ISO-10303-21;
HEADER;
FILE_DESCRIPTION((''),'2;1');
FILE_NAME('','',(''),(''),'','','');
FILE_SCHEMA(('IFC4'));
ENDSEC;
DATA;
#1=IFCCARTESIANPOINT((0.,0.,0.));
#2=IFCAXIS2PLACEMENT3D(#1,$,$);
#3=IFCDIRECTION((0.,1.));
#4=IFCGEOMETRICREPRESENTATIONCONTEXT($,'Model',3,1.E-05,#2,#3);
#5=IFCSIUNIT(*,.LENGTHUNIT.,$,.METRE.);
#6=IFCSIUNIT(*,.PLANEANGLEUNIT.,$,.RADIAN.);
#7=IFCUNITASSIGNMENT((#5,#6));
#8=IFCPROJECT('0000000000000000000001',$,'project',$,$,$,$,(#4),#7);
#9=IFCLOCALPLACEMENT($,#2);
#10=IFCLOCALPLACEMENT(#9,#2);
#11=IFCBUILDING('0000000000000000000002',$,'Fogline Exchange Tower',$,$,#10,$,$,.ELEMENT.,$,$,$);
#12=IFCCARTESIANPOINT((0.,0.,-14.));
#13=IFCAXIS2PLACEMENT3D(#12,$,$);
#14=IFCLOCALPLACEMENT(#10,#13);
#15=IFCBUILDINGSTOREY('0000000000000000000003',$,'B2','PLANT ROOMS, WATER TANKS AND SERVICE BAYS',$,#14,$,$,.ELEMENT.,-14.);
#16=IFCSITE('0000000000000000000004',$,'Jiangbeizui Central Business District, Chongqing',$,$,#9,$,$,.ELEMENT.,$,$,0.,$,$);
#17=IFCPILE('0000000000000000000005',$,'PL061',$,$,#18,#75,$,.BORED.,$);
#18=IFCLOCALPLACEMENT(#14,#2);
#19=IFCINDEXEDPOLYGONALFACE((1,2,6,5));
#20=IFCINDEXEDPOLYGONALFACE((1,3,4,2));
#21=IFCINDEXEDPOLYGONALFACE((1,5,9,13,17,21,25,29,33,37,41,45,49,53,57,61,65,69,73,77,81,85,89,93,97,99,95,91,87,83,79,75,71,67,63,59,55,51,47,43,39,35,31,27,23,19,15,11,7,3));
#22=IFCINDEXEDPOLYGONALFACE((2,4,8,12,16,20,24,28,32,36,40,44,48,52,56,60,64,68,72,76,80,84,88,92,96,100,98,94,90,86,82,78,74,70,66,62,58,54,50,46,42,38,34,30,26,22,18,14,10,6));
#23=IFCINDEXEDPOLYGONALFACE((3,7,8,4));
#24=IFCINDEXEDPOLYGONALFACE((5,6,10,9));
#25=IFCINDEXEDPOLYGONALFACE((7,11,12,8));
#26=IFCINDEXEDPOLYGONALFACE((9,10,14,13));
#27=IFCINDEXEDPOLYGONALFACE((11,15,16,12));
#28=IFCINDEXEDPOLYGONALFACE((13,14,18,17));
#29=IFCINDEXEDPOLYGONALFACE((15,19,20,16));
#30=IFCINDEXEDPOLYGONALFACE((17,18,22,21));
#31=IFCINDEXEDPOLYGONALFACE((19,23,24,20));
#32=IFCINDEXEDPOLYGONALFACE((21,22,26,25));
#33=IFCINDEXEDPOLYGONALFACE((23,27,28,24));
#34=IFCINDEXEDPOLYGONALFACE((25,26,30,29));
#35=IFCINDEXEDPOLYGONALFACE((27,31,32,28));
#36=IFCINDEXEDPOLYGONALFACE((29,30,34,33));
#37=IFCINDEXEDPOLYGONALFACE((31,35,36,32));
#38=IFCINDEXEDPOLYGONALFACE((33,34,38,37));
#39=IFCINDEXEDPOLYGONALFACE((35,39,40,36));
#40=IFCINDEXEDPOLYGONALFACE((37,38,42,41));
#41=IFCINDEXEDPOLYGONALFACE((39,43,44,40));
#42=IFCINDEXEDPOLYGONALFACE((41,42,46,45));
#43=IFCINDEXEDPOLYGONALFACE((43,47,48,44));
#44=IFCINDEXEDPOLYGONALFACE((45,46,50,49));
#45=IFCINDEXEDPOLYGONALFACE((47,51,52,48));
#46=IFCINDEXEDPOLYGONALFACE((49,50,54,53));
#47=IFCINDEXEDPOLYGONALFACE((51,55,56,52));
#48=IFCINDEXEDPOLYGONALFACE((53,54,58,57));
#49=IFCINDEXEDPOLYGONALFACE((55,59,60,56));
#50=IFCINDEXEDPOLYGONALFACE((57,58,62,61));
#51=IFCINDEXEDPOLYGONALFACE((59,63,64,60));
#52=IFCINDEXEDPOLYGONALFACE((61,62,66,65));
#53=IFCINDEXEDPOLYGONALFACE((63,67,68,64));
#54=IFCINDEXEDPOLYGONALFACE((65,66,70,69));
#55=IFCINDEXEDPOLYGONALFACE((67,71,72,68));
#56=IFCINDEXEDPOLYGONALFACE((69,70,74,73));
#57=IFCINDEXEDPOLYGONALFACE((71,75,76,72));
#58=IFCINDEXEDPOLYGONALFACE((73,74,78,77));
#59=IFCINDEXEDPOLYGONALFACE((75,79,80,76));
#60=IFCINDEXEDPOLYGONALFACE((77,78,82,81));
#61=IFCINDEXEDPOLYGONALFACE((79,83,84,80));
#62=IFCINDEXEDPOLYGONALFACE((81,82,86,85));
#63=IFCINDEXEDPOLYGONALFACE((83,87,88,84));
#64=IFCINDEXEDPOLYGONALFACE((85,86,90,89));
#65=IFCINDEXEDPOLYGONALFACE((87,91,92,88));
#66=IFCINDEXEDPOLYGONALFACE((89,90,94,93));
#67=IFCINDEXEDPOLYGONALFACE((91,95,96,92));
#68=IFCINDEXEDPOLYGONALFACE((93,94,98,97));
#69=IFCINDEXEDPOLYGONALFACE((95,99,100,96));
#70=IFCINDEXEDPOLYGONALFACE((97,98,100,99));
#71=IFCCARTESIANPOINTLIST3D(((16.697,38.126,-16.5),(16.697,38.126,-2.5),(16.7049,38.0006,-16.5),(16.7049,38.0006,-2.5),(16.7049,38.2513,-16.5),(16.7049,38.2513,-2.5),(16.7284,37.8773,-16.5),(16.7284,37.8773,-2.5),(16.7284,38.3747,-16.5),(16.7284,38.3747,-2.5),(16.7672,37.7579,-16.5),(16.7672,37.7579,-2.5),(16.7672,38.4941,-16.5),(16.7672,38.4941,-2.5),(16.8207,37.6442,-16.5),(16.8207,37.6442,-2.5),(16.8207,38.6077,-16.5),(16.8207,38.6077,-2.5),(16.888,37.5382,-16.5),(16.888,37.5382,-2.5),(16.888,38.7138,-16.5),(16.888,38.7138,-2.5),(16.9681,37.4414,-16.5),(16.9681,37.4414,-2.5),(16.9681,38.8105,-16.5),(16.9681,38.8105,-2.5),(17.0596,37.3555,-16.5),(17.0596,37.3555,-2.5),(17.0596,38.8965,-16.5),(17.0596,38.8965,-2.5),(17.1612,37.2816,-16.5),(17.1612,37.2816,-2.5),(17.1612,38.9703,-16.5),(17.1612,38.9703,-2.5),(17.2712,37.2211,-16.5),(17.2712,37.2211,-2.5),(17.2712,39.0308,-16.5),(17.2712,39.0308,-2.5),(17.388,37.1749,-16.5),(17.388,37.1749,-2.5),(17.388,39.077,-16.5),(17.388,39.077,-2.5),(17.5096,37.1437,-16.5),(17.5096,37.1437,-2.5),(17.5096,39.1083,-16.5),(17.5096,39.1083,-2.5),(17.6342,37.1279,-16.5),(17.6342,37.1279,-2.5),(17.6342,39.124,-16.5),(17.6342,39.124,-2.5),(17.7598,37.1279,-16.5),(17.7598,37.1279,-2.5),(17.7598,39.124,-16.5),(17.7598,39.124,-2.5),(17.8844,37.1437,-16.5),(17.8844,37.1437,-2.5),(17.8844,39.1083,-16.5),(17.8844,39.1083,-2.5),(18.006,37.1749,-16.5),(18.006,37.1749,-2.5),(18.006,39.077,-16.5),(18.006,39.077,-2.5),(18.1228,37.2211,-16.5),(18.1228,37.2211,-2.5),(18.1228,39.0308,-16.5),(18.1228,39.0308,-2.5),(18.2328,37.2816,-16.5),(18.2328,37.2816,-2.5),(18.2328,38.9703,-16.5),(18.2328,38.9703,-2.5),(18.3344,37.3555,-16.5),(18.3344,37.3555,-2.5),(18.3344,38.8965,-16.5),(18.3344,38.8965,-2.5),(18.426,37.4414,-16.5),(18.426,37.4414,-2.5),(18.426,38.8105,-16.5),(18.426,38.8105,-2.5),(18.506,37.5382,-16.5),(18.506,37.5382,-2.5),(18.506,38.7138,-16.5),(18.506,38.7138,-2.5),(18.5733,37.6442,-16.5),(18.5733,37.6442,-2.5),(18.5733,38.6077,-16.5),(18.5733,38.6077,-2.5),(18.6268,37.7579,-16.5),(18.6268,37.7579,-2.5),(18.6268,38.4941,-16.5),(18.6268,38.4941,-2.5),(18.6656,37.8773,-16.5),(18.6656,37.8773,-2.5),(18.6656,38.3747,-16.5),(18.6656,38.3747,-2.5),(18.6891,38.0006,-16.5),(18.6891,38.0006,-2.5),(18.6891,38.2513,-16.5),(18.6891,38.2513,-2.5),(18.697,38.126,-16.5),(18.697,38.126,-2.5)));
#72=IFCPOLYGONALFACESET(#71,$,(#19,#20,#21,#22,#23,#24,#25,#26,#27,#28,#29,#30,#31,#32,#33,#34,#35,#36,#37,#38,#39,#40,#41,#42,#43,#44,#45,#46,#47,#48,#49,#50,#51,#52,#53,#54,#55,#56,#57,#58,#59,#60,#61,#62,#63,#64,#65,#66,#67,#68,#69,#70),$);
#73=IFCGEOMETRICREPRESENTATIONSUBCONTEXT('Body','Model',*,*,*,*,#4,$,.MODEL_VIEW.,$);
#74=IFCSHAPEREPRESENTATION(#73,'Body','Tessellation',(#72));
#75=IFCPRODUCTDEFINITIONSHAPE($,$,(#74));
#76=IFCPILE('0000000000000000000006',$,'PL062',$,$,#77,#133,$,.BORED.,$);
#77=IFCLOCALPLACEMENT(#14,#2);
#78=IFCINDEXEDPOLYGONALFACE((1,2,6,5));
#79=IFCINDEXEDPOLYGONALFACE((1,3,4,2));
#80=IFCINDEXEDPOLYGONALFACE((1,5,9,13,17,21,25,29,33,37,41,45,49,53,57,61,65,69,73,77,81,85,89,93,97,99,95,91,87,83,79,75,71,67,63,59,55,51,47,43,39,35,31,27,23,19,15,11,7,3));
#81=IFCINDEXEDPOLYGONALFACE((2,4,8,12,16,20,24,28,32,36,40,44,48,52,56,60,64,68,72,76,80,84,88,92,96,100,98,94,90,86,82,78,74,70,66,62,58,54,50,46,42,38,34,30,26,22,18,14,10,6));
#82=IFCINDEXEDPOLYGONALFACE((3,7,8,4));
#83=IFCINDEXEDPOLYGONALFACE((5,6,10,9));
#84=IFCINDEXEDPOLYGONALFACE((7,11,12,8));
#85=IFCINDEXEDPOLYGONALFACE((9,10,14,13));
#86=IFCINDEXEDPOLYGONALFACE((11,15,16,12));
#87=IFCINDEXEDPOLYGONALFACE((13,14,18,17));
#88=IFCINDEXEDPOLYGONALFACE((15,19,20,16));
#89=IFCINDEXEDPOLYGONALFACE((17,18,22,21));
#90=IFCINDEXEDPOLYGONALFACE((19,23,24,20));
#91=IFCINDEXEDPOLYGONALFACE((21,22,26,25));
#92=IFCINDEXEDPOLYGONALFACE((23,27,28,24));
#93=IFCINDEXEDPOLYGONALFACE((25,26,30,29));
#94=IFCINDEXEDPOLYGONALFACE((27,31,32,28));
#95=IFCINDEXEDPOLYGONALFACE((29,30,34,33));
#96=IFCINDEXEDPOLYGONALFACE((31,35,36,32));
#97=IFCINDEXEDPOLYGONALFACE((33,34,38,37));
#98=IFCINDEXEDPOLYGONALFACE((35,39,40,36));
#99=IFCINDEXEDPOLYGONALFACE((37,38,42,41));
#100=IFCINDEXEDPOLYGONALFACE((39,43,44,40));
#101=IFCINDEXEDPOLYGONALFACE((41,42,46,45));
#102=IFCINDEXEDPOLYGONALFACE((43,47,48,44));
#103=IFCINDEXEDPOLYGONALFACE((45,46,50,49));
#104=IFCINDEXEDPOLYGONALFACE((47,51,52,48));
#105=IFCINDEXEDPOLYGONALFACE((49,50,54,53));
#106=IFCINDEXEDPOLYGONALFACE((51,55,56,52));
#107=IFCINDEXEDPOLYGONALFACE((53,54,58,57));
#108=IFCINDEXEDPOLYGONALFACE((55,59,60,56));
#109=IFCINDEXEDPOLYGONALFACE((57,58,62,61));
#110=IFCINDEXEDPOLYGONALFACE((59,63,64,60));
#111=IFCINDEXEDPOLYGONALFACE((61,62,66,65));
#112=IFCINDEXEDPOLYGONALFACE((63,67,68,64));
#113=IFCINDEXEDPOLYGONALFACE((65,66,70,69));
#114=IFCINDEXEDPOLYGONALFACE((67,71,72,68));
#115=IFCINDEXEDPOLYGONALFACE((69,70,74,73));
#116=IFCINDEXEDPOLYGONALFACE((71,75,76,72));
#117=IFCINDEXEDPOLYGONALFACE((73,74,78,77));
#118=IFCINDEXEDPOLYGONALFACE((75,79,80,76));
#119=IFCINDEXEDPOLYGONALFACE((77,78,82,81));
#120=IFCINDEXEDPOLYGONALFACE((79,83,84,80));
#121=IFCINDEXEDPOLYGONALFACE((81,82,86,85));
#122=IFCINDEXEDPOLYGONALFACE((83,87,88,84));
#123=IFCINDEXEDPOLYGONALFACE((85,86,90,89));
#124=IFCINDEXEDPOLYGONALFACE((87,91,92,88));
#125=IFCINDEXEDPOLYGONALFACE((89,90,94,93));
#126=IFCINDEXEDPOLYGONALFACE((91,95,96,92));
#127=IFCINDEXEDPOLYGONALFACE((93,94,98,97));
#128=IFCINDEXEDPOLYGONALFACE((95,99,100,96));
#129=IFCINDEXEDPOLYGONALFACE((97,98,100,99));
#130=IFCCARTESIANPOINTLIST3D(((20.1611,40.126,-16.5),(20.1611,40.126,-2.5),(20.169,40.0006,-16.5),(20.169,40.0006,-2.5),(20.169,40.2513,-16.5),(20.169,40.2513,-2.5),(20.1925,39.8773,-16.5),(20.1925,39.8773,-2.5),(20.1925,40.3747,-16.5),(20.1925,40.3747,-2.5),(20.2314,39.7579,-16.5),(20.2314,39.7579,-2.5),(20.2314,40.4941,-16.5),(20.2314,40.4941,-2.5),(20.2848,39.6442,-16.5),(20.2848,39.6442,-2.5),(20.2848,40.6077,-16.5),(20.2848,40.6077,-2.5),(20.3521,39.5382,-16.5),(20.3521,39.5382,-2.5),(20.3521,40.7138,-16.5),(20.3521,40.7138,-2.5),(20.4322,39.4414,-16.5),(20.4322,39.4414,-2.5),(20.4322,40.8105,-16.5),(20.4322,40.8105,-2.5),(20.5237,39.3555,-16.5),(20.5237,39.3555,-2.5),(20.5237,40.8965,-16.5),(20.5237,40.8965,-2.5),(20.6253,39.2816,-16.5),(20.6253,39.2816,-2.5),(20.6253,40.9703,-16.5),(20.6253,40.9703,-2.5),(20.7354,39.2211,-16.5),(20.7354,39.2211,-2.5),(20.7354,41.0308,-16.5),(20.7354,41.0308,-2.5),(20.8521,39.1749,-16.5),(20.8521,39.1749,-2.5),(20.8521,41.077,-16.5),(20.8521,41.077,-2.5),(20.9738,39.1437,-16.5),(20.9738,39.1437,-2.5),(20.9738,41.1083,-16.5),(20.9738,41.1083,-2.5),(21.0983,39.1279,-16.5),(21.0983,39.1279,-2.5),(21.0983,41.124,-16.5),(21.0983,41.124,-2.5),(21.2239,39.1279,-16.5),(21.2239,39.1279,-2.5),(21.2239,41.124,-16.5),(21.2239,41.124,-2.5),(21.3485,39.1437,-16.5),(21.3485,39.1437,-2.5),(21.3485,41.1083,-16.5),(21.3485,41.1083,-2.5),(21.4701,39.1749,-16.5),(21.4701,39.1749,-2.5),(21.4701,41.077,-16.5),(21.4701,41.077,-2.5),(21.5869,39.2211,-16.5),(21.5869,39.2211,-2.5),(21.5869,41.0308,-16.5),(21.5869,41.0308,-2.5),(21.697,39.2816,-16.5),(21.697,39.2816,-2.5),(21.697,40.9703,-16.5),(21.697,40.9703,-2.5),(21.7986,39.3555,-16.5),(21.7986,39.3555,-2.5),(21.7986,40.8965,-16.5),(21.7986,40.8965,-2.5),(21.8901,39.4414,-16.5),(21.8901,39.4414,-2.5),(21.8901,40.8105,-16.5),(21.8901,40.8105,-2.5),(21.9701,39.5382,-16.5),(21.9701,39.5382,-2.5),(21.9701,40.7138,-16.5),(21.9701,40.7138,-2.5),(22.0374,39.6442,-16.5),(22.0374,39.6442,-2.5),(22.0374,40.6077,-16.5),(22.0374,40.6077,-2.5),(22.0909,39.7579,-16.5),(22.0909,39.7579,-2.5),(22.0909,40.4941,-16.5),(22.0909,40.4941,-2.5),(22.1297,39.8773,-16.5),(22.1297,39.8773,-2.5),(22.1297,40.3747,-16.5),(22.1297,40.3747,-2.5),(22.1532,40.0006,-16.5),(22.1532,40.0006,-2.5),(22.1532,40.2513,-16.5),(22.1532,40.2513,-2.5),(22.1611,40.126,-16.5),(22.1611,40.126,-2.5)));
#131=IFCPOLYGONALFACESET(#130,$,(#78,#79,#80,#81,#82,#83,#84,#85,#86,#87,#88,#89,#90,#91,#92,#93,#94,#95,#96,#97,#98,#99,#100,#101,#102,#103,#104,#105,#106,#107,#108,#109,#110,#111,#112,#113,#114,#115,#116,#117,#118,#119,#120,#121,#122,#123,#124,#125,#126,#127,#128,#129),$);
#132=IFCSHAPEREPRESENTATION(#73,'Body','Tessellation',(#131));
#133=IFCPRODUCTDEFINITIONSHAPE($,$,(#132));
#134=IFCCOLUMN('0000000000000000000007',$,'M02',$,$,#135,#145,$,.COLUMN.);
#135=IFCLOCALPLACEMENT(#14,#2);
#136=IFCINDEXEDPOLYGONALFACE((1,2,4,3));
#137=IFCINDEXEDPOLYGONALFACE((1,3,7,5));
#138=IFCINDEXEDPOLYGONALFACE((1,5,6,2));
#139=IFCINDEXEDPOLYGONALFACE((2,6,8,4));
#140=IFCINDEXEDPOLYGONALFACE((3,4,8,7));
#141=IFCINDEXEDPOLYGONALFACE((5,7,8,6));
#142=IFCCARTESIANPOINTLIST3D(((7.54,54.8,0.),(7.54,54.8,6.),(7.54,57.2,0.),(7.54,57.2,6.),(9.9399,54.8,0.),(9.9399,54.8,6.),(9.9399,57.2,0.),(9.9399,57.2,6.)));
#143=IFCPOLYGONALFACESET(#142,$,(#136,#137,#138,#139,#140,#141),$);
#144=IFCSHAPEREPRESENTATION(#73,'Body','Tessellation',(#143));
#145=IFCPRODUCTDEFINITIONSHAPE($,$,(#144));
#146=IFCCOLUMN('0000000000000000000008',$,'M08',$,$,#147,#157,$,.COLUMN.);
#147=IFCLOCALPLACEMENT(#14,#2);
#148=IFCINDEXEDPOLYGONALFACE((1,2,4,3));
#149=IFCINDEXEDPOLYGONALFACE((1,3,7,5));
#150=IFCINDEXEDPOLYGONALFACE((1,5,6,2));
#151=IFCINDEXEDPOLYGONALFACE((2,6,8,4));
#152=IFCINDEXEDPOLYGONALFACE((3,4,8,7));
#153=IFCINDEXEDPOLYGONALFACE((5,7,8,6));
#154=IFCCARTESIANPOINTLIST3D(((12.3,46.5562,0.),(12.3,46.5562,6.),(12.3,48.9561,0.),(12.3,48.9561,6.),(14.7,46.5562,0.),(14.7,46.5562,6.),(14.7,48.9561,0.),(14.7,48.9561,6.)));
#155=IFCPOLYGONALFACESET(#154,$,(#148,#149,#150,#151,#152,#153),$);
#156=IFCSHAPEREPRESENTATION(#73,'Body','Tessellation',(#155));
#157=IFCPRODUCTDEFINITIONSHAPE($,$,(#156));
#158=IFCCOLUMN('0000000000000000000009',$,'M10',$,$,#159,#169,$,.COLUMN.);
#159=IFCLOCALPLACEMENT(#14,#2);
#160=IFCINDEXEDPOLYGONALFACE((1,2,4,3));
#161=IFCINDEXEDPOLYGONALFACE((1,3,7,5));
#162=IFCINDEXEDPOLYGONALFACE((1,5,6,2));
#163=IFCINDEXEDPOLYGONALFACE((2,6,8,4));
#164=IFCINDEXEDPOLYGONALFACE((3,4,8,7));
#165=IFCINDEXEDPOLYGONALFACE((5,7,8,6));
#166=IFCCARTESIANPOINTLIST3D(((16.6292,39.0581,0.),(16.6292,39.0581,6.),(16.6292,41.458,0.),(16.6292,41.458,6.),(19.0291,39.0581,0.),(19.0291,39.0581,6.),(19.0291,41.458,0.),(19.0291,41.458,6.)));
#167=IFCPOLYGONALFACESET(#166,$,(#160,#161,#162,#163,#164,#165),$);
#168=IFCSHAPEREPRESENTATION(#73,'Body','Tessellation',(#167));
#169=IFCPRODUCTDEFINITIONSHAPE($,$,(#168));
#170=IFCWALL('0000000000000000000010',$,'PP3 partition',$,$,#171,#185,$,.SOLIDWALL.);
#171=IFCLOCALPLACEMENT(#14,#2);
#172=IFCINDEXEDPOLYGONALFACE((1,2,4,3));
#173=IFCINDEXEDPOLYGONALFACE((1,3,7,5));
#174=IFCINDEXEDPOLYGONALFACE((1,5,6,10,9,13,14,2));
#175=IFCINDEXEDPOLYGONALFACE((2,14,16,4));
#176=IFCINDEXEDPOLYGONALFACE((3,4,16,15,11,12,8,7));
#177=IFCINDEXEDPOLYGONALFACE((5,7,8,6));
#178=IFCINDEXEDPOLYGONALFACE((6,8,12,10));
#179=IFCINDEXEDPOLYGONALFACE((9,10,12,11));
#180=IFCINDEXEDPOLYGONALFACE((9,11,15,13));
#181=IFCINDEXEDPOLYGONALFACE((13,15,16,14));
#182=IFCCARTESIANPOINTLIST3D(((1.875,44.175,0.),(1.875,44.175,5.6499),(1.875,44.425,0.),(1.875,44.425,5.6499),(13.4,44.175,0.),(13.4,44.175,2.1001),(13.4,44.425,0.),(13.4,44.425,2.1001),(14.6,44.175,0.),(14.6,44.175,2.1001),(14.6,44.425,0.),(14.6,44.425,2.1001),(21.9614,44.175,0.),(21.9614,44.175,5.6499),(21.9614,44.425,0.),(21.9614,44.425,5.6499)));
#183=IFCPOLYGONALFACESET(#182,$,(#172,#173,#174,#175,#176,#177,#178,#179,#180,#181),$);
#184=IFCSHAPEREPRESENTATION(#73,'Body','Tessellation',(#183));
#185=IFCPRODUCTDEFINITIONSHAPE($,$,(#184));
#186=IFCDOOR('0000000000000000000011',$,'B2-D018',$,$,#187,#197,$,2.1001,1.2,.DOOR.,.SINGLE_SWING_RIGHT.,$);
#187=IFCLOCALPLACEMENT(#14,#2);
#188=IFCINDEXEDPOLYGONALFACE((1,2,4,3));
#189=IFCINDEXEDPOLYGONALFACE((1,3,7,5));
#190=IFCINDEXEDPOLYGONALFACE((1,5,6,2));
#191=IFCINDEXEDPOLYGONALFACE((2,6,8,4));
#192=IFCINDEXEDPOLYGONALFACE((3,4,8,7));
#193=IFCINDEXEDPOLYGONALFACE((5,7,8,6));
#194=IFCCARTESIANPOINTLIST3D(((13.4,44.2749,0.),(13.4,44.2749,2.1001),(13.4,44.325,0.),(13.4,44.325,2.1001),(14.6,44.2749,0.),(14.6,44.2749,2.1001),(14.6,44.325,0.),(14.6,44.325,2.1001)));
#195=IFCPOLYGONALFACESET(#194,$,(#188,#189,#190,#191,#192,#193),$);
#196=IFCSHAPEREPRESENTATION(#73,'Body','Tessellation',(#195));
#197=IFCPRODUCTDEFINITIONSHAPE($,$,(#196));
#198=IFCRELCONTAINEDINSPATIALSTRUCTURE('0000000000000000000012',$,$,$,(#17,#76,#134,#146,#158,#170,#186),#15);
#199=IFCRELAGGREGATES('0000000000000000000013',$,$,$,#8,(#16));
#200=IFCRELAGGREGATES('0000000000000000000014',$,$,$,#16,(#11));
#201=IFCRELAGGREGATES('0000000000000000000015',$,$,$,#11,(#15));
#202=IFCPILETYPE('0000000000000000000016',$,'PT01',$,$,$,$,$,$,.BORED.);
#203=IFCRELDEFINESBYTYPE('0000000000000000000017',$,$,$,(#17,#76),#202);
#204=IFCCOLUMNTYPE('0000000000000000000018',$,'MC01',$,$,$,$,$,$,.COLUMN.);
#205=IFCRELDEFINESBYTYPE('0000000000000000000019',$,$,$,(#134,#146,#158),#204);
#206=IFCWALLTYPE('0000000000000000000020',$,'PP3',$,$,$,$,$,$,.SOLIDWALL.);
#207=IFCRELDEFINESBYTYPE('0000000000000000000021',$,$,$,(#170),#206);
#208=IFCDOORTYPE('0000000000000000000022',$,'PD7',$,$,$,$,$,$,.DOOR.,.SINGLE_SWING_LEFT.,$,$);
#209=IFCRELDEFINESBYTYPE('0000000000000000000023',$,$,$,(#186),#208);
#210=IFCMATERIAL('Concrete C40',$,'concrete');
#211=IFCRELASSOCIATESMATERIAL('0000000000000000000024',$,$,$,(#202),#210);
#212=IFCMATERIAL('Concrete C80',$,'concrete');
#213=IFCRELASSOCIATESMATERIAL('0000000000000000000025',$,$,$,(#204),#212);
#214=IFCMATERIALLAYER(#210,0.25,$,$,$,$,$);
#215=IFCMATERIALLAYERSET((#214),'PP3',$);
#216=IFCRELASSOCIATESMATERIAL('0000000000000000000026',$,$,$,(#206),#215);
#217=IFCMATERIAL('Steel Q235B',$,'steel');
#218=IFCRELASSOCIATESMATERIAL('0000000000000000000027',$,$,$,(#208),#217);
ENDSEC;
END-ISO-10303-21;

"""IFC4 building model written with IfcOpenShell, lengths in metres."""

from ifc_helpers import new_model, si_unit, direction, frame, frame_2d, origin, origin_2d, place, context, subcontext, project, spatial, rectangle, circle, extrude, material, layer, layer_set, material_profile, profile_set, type_object, element, fill, save


model = new_model("IFC4")

# Units and contexts
model_context = context("Model", 3, precision=1e-05, world=origin(), true_north=direction((0.0, 1.0)))
body_context = subcontext(model_context, "Body", "Model", "MODEL_VIEW")
ifc_project = project(units=[si_unit("LENGTHUNIT", "METRE"), si_unit("PLANEANGLEUNIT", "RADIAN")], contexts=[model_context])

# Site, building, storey
site_placement = place(None, origin())
site = spatial("IfcSite", under=ifc_project, at=site_placement, Name="Jiangbeizui Central Business District, Chongqing", CompositionType="ELEMENT", RefElevation=0.0)
building_placement = place(site_placement, origin())
building = spatial("IfcBuilding", under=site, at=building_placement, Name="Fogline Exchange Tower", CompositionType="ELEMENT")
storey_placement = place(building_placement, frame((0.0, 0.0, -14.0)))
storey = spatial("IfcBuildingStorey", under=building, at=storey_placement, Name="B2", Description="PLANT ROOMS, WATER TANKS AND SERVICE BAYS", CompositionType="ELEMENT", Elevation=-14.0)

# Piles
ifc_material_1 = material(Name="Concrete C40", Category="concrete")
ifc_material_profile_1 = material_profile(ifc_material_1, circle(Radius=1.0, at=origin_2d()), Name="RC D2000")
ifc_profile_set_1 = profile_set([ifc_material_profile_1], Name="Concrete C40")
pile_type = type_object("IfcPileType", Name="PT01", PredefinedType="BORED", material=ifc_profile_set_1)
for number, where, z_axis, x_axis, name in (
    (1, (17.697, 38.126, -2.5), (0.0, 0.0, -1.0), (1.0, 0.0, 0.0), "PL061"),
    (2, (21.1611, 40.126, -2.5), (0.0, 0.0, -1.0), (1.0, 0.0, 0.0), "PL062"),
):
    element("IfcPile", number, at=place(storey_placement, frame(where, z_axis=z_axis, x_axis=x_axis)), inside=storey, type_object=pile_type, Name=name, PredefinedType="BORED", context=body_context, shape_type="SweptSolid", body=[
        extrude(circle(Radius=1.0, at=origin_2d()), origin(), (0.0, 0.0, 1.0), 14.0),
    ])

# Columns
ifc_material_2 = material(Name="Concrete C80", Category="concrete")
ifc_material_profile_2 = material_profile(ifc_material_2, rectangle(XDim=2.3999, YDim=2.3999, at=origin_2d()), Name="RC 2400x2400")
ifc_profile_set_2 = profile_set([ifc_material_profile_2], Name="Concrete C80")
column_type = type_object("IfcColumnType", Name="MC01", PredefinedType="COLUMN", material=ifc_profile_set_2)
for number, where, z_axis, x_axis, name in (
    (3, (8.74, 56.0, 0.0), (0.0, 0.0, 1.0), (1.0, 0.0, 0.0), "M02"),
    (4, (13.5, 47.7561, 0.0), (0.0, 0.0, 1.0), (1.0, 0.0, 0.0), "M08"),
    (5, (17.8291, 40.2581, 0.0), (0.0, 0.0, 1.0), (1.0, 0.0, 0.0), "M10"),
):
    element("IfcColumn", number, at=place(storey_placement, frame(where, z_axis=z_axis, x_axis=x_axis)), inside=storey, type_object=column_type, Name=name, PredefinedType="COLUMN", context=body_context, shape_type="SweptSolid", body=[
        extrude(rectangle(XDim=2.3999, YDim=2.3999, at=origin_2d()), origin(), (0.0, 0.0, 1.0), 6.0),
    ])

# Wall, opening, door
ifc_layer_1 = layer(ifc_material_1, 0.25)
ifc_layer_set_1 = layer_set([ifc_layer_1], Name="PP3")
wall_type_1 = type_object("IfcWallType", Name="PP3", PredefinedType="SOLIDWALL", material=ifc_layer_set_1)
wall_1_placement = place(storey_placement, frame((1.875, 44.3, 0.0), z_axis=(0.0, 0.0, 1.0), x_axis=(1.0, 0.0, 0.0)))
wall_1 = element("IfcWall", 6, at=wall_1_placement, inside=storey, type_object=wall_type_1, Name="PP3 partition", PredefinedType="SOLIDWALL", context=body_context, shape_type="SweptSolid", body=[
    extrude(rectangle(XDim=20.0864, YDim=0.25, at=frame_2d((10.0432, 0.0))), origin(), (0.0, 0.0, 1.0), 5.6499),
])
opening_1_placement = place(wall_1_placement, frame((11.5249, 0.0, 0.0)))
opening_1 = element("IfcOpeningElement", 7, at=opening_1_placement, cuts=wall_1, PredefinedType="OPENING", context=body_context, shape_type="SweptSolid", body=[
    extrude(rectangle(XDim=1.2, YDim=2.1001, at=frame_2d((0.6001, 1.05))), frame((0.0, 0.135, 0.0), z_axis=(0.0, -1.0, 0.0), x_axis=(1.0, 0.0, 0.0)), (0.0, 0.0, 1.0), 0.27),
])
ifc_material_3 = material(Name="Steel Q235B", Category="steel")
door_type = type_object("IfcDoorType", Name="PD7", OperationType="SINGLE_SWING_LEFT", PredefinedType="DOOR", material=ifc_material_3)
door_1_placement = place(opening_1_placement, origin())
door_1 = element("IfcDoor", 8, at=door_1_placement, inside=storey, type_object=door_type, Name="B2-D018", OperationType="SINGLE_SWING_RIGHT", OverallHeight=2.1001, OverallWidth=1.2, PredefinedType="DOOR", context=body_context, shape_type="SweptSolid", body=[
    extrude(rectangle(XDim=1.2, YDim=2.1001, at=frame_2d((0.6001, 1.05))), frame((0.0, 0.0249, 0.0), z_axis=(0.0, -1.0, 0.0), x_axis=(1.0, 0.0, 0.0)), (0.0, 0.0, 1.0), 0.05),
])
fill(opening_1, door_1)

save(model, "model.ifc")
